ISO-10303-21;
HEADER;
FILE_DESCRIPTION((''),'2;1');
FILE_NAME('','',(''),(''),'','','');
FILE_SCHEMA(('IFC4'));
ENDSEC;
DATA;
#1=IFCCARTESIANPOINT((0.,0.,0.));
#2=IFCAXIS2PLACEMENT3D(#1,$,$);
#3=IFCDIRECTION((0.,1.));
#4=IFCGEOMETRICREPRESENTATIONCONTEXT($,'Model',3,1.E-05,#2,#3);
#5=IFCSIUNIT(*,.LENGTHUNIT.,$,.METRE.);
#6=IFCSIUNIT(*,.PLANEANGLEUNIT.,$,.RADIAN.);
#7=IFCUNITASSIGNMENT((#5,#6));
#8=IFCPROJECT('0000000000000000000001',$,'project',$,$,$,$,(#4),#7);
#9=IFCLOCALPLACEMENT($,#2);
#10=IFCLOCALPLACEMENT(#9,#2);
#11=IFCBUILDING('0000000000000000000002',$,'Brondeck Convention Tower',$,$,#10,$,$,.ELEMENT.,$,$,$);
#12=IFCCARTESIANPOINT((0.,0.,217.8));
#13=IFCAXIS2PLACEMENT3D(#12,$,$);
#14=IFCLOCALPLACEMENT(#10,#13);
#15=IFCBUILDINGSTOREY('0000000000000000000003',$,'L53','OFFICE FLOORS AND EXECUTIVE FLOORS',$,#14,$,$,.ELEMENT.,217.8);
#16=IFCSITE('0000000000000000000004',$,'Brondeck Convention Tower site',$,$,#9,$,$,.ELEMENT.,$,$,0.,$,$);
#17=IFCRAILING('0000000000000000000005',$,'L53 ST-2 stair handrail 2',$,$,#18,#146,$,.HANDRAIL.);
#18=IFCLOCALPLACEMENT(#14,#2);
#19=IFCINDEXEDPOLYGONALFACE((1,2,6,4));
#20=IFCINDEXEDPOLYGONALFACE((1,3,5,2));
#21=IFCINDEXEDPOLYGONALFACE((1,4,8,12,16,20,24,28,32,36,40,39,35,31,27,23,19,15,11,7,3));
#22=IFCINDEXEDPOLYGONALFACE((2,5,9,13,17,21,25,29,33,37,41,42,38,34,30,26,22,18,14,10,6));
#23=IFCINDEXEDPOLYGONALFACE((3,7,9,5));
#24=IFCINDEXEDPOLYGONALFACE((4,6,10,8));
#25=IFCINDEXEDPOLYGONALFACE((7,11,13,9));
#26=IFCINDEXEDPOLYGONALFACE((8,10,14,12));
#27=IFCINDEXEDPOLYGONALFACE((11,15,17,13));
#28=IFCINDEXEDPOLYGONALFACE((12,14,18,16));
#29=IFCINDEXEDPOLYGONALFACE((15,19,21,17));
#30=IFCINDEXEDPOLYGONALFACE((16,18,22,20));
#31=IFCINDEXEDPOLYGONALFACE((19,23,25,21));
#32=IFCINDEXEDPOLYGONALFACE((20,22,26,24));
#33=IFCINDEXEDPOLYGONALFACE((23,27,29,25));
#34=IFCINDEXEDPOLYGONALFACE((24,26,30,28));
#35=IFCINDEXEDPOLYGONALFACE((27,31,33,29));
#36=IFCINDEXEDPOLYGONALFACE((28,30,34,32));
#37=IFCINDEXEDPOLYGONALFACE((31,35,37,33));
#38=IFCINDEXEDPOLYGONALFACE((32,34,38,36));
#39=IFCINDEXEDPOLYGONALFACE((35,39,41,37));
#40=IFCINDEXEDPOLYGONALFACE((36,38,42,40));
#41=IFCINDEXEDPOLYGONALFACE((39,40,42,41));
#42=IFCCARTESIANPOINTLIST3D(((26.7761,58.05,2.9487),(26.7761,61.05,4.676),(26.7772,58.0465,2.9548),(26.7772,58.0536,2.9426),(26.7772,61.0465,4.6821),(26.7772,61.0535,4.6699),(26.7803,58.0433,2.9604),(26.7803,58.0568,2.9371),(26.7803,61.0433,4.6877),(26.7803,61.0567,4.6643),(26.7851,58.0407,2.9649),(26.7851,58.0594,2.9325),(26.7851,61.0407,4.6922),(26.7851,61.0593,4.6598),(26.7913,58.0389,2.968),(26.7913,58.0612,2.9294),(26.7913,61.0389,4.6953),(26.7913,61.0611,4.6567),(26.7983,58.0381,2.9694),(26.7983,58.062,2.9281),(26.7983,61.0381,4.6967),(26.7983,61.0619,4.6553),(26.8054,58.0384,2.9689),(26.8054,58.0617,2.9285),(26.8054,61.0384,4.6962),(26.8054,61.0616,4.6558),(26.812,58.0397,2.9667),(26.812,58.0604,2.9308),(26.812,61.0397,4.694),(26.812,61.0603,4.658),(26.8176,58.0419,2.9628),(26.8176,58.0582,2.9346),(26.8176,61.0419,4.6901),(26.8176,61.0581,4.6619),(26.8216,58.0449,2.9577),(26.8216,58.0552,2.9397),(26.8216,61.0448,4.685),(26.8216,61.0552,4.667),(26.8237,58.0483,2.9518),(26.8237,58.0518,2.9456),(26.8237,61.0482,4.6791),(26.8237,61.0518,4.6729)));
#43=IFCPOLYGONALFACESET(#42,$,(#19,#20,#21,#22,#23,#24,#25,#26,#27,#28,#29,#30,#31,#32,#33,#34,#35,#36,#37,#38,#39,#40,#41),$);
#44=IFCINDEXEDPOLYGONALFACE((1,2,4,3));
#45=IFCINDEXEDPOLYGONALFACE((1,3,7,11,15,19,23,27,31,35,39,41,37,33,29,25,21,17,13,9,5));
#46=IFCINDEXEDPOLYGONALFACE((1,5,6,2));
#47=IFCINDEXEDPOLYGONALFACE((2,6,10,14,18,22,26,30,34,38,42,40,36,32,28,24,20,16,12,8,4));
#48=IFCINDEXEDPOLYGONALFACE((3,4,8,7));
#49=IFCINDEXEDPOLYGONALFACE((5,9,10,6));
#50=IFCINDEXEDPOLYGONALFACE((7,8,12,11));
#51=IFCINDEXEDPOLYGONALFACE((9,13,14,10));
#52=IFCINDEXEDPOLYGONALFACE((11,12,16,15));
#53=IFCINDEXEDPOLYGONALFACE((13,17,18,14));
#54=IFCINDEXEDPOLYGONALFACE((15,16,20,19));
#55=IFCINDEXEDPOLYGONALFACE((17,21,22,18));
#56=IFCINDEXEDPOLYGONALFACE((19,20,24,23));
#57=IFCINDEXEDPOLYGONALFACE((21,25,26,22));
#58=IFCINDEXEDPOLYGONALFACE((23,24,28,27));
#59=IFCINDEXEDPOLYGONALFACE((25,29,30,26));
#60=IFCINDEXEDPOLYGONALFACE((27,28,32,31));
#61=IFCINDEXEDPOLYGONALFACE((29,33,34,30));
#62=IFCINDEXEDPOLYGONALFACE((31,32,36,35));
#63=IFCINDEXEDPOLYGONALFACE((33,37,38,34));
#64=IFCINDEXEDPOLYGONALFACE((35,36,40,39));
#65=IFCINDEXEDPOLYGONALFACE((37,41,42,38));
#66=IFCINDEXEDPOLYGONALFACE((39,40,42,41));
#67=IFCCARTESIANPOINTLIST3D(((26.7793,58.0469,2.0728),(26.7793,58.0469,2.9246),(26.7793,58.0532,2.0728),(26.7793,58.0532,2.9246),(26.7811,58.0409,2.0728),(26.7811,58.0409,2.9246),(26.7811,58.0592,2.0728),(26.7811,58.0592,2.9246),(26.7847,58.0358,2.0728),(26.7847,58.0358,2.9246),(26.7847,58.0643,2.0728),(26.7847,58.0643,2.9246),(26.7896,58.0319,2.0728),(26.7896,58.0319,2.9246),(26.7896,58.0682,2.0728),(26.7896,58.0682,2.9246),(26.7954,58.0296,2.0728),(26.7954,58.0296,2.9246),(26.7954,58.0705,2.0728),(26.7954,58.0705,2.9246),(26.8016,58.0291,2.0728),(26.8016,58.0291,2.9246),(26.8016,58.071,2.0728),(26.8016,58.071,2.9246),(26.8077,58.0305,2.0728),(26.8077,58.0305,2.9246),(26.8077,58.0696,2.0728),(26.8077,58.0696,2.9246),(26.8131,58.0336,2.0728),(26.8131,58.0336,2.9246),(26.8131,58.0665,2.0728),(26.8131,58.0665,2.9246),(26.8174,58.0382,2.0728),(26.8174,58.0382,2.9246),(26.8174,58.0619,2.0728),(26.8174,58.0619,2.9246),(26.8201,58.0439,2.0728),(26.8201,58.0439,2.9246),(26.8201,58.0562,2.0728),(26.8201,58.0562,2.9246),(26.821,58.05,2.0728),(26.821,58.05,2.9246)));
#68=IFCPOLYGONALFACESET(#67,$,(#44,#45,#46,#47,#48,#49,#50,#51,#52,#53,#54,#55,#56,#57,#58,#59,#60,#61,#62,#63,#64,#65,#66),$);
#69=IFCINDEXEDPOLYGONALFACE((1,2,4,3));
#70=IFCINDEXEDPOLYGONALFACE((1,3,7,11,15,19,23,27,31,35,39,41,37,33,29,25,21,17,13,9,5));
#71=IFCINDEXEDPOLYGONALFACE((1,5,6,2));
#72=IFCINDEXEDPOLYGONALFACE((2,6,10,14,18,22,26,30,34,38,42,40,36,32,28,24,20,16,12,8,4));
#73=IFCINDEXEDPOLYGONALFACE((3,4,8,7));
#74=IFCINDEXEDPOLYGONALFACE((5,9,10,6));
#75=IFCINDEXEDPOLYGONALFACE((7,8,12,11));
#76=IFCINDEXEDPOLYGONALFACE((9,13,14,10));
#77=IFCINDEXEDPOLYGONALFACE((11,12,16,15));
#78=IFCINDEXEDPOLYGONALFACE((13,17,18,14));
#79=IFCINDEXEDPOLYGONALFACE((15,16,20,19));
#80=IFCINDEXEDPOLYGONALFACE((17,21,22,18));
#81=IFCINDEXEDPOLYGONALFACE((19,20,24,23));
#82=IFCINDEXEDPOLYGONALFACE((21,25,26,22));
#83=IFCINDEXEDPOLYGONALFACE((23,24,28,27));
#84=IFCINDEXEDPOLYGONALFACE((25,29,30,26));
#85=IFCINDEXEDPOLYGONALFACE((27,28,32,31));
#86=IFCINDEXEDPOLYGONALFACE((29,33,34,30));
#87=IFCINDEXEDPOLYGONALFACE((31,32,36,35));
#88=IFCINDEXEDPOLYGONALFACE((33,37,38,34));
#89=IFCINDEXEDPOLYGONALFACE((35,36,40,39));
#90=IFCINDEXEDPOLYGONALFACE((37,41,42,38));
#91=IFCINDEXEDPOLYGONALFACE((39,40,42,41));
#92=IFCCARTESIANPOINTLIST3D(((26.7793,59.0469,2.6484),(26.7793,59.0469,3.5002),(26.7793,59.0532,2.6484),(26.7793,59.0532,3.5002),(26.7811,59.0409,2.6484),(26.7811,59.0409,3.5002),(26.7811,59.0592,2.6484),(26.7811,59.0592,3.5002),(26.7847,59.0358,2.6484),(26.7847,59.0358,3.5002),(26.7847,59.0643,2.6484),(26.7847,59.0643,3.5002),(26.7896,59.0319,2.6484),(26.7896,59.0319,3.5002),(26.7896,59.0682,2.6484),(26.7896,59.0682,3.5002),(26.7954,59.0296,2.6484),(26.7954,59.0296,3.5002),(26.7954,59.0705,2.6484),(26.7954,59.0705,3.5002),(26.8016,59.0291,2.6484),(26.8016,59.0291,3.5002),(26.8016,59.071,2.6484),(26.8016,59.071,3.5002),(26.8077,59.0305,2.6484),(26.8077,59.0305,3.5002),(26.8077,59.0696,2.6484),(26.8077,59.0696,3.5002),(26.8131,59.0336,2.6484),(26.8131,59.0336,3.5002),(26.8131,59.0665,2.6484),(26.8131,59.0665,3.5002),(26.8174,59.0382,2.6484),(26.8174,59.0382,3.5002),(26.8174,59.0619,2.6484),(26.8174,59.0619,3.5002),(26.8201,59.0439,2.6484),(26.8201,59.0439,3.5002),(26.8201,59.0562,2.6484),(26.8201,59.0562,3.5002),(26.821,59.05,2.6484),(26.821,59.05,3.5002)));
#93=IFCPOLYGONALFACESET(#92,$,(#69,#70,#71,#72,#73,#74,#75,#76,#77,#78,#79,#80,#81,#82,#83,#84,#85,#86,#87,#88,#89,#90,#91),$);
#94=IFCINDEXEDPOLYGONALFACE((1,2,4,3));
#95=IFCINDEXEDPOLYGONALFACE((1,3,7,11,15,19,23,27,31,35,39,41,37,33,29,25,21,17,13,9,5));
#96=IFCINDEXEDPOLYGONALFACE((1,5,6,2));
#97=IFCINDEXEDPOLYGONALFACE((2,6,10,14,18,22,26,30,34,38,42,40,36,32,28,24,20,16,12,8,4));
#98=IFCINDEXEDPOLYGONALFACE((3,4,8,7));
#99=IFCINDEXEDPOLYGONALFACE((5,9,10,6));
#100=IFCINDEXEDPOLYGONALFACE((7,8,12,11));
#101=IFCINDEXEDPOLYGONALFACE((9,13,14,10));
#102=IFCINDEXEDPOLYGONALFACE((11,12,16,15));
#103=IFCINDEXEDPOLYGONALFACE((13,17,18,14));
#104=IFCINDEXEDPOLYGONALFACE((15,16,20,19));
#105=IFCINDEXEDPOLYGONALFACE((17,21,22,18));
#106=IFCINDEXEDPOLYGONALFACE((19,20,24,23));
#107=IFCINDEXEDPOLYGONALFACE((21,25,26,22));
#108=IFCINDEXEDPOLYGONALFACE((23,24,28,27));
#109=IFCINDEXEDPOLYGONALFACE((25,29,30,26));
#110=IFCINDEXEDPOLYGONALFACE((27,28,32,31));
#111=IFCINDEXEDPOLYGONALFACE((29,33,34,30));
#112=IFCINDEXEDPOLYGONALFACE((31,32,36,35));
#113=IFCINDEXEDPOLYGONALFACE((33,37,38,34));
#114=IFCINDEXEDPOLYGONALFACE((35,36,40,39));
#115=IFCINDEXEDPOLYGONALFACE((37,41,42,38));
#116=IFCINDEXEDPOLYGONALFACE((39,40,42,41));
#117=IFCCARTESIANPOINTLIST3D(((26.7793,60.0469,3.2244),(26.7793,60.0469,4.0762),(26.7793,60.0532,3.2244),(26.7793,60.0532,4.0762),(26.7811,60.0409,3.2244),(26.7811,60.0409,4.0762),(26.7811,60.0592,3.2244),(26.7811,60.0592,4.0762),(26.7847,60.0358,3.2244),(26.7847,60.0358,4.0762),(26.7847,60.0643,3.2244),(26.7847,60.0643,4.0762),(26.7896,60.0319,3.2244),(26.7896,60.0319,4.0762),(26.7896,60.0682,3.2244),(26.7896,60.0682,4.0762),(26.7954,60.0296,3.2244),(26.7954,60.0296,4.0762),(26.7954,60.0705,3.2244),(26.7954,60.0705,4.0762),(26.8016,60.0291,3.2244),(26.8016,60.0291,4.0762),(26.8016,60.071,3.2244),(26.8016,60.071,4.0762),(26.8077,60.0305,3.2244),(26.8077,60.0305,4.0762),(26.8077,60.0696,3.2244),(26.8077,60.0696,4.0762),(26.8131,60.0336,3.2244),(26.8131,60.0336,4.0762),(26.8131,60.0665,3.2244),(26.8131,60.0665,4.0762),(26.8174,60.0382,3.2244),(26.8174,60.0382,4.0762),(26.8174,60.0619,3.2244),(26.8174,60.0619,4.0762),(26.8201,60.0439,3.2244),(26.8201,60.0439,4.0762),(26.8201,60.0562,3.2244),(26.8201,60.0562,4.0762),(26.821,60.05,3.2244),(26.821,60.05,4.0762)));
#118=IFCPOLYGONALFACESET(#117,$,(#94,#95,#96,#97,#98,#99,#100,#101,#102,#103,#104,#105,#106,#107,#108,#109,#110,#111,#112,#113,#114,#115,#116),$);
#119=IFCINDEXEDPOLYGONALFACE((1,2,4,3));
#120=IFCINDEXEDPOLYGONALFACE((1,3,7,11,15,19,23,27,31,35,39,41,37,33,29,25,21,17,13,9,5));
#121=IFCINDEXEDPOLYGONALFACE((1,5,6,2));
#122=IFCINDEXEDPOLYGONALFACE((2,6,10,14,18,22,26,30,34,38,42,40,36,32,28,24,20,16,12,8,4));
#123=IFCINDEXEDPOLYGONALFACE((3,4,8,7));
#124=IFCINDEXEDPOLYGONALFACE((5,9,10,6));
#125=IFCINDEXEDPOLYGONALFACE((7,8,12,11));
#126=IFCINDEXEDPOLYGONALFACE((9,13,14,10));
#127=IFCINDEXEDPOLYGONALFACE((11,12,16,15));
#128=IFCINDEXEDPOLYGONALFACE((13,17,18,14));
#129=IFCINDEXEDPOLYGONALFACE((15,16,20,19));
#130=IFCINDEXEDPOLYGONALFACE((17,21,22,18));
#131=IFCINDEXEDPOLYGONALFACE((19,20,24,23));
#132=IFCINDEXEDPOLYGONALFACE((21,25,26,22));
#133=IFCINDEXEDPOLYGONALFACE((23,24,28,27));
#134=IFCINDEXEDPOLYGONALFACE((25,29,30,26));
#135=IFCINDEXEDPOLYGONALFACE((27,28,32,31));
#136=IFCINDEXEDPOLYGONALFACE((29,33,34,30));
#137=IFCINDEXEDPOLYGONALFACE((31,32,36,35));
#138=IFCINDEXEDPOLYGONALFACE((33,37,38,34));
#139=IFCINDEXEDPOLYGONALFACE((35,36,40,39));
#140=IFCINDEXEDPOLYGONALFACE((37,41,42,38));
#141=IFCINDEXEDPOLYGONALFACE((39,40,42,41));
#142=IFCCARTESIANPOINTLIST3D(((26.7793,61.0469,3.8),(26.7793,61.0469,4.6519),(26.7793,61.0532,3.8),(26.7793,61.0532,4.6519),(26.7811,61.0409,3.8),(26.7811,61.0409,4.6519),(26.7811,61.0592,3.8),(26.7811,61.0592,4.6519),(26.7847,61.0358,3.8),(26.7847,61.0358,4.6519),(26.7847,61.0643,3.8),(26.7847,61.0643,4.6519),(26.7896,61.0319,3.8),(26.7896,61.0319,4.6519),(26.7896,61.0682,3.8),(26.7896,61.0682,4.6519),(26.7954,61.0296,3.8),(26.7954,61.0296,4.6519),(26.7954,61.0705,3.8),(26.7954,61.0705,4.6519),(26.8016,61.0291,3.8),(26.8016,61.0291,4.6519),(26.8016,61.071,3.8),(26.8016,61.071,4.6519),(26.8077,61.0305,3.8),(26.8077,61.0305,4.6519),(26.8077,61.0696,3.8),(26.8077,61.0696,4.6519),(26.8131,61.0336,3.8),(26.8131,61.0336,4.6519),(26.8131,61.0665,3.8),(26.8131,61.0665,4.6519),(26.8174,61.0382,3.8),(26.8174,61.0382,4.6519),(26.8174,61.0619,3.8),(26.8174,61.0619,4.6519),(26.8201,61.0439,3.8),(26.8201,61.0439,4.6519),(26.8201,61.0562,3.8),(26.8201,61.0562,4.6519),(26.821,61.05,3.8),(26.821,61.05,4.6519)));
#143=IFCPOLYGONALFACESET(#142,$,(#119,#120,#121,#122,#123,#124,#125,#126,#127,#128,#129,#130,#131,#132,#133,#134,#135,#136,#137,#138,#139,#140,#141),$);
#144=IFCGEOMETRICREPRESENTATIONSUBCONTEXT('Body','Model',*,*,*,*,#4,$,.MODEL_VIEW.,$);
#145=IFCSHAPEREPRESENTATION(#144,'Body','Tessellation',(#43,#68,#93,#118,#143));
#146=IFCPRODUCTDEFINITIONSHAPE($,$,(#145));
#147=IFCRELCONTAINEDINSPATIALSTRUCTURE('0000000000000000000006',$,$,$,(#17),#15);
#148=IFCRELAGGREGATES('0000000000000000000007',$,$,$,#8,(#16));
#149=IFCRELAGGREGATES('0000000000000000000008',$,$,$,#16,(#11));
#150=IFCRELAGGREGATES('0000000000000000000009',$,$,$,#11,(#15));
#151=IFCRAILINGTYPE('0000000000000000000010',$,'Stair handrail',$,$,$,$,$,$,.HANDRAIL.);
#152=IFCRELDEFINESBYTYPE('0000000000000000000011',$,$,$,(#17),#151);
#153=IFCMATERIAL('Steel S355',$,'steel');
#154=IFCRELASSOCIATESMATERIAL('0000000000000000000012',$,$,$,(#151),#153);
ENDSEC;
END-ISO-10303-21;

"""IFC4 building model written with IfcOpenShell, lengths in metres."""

from ifc_helpers import new_model, si_unit, direction, frame, origin, origin_2d, place, context, subcontext, project, spatial, circle, extrude, material, type_object, element, save


model = new_model("IFC4")

# Units and contexts
model_context = context("Model", 3, precision=1e-05, world=origin(), true_north=direction((0.0, 1.0)))
body_context = subcontext(model_context, "Body", "Model", "MODEL_VIEW")
ifc_project = project(units=[si_unit("LENGTHUNIT", "METRE"), si_unit("PLANEANGLEUNIT", "RADIAN")], contexts=[model_context])

# Site, building, storey
site_placement = place(None, origin())
site = spatial("IfcSite", under=ifc_project, at=site_placement, Name="Brondeck Convention Tower site", CompositionType="ELEMENT", RefElevation=0.0)
building_placement = place(site_placement, origin())
building = spatial("IfcBuilding", under=site, at=building_placement, Name="Brondeck Convention Tower", CompositionType="ELEMENT")
storey_placement = place(building_placement, frame((0.0, 0.0, 217.8)))
storey = spatial("IfcBuildingStorey", under=building, at=storey_placement, Name="L53", Description="OFFICE FLOORS AND EXECUTIVE FLOORS", CompositionType="ELEMENT", Elevation=217.8)

# Railing
ifc_material_1 = material(Name="Steel S355", Category="steel")
railing_type_1 = type_object("IfcRailingType", Name="Stair handrail", PredefinedType="HANDRAIL", material=ifc_material_1)
railing_1_placement = place(storey_placement, frame((26.8, 58.05, 2.0728)))
element("IfcRailing", 1, at=railing_1_placement, inside=storey, type_object=railing_type_1, Name="L53 ST-2 stair handrail 2", PredefinedType="HANDRAIL", context=body_context, shape_type="SweptSolid", body=[
    extrude(circle(Radius=0.0239, at=origin_2d()), frame((0.0, 0.0, 0.876), z_axis=(0.0, 0.86662, 0.498969), x_axis=(-1.0, 0.0, 0.0)), (0.0, 0.0, 1.0), 3.4617),
    extrude(circle(Radius=0.021, at=origin_2d()), origin(), (0.0, 0.0, 1.0), 0.8518),
    extrude(circle(Radius=0.021, at=origin_2d()), frame((0.0, 1.0, 0.5757)), (0.0, 0.0, 1.0), 0.8518),
    extrude(circle(Radius=0.021, at=origin_2d()), frame((0.0, 2.0, 1.1516)), (0.0, 0.0, 1.0), 0.8518),
    extrude(circle(Radius=0.021, at=origin_2d()), frame((0.0, 3.0, 1.7273)), (0.0, 0.0, 1.0), 0.8518),
])

save(model, "model.ifc")
